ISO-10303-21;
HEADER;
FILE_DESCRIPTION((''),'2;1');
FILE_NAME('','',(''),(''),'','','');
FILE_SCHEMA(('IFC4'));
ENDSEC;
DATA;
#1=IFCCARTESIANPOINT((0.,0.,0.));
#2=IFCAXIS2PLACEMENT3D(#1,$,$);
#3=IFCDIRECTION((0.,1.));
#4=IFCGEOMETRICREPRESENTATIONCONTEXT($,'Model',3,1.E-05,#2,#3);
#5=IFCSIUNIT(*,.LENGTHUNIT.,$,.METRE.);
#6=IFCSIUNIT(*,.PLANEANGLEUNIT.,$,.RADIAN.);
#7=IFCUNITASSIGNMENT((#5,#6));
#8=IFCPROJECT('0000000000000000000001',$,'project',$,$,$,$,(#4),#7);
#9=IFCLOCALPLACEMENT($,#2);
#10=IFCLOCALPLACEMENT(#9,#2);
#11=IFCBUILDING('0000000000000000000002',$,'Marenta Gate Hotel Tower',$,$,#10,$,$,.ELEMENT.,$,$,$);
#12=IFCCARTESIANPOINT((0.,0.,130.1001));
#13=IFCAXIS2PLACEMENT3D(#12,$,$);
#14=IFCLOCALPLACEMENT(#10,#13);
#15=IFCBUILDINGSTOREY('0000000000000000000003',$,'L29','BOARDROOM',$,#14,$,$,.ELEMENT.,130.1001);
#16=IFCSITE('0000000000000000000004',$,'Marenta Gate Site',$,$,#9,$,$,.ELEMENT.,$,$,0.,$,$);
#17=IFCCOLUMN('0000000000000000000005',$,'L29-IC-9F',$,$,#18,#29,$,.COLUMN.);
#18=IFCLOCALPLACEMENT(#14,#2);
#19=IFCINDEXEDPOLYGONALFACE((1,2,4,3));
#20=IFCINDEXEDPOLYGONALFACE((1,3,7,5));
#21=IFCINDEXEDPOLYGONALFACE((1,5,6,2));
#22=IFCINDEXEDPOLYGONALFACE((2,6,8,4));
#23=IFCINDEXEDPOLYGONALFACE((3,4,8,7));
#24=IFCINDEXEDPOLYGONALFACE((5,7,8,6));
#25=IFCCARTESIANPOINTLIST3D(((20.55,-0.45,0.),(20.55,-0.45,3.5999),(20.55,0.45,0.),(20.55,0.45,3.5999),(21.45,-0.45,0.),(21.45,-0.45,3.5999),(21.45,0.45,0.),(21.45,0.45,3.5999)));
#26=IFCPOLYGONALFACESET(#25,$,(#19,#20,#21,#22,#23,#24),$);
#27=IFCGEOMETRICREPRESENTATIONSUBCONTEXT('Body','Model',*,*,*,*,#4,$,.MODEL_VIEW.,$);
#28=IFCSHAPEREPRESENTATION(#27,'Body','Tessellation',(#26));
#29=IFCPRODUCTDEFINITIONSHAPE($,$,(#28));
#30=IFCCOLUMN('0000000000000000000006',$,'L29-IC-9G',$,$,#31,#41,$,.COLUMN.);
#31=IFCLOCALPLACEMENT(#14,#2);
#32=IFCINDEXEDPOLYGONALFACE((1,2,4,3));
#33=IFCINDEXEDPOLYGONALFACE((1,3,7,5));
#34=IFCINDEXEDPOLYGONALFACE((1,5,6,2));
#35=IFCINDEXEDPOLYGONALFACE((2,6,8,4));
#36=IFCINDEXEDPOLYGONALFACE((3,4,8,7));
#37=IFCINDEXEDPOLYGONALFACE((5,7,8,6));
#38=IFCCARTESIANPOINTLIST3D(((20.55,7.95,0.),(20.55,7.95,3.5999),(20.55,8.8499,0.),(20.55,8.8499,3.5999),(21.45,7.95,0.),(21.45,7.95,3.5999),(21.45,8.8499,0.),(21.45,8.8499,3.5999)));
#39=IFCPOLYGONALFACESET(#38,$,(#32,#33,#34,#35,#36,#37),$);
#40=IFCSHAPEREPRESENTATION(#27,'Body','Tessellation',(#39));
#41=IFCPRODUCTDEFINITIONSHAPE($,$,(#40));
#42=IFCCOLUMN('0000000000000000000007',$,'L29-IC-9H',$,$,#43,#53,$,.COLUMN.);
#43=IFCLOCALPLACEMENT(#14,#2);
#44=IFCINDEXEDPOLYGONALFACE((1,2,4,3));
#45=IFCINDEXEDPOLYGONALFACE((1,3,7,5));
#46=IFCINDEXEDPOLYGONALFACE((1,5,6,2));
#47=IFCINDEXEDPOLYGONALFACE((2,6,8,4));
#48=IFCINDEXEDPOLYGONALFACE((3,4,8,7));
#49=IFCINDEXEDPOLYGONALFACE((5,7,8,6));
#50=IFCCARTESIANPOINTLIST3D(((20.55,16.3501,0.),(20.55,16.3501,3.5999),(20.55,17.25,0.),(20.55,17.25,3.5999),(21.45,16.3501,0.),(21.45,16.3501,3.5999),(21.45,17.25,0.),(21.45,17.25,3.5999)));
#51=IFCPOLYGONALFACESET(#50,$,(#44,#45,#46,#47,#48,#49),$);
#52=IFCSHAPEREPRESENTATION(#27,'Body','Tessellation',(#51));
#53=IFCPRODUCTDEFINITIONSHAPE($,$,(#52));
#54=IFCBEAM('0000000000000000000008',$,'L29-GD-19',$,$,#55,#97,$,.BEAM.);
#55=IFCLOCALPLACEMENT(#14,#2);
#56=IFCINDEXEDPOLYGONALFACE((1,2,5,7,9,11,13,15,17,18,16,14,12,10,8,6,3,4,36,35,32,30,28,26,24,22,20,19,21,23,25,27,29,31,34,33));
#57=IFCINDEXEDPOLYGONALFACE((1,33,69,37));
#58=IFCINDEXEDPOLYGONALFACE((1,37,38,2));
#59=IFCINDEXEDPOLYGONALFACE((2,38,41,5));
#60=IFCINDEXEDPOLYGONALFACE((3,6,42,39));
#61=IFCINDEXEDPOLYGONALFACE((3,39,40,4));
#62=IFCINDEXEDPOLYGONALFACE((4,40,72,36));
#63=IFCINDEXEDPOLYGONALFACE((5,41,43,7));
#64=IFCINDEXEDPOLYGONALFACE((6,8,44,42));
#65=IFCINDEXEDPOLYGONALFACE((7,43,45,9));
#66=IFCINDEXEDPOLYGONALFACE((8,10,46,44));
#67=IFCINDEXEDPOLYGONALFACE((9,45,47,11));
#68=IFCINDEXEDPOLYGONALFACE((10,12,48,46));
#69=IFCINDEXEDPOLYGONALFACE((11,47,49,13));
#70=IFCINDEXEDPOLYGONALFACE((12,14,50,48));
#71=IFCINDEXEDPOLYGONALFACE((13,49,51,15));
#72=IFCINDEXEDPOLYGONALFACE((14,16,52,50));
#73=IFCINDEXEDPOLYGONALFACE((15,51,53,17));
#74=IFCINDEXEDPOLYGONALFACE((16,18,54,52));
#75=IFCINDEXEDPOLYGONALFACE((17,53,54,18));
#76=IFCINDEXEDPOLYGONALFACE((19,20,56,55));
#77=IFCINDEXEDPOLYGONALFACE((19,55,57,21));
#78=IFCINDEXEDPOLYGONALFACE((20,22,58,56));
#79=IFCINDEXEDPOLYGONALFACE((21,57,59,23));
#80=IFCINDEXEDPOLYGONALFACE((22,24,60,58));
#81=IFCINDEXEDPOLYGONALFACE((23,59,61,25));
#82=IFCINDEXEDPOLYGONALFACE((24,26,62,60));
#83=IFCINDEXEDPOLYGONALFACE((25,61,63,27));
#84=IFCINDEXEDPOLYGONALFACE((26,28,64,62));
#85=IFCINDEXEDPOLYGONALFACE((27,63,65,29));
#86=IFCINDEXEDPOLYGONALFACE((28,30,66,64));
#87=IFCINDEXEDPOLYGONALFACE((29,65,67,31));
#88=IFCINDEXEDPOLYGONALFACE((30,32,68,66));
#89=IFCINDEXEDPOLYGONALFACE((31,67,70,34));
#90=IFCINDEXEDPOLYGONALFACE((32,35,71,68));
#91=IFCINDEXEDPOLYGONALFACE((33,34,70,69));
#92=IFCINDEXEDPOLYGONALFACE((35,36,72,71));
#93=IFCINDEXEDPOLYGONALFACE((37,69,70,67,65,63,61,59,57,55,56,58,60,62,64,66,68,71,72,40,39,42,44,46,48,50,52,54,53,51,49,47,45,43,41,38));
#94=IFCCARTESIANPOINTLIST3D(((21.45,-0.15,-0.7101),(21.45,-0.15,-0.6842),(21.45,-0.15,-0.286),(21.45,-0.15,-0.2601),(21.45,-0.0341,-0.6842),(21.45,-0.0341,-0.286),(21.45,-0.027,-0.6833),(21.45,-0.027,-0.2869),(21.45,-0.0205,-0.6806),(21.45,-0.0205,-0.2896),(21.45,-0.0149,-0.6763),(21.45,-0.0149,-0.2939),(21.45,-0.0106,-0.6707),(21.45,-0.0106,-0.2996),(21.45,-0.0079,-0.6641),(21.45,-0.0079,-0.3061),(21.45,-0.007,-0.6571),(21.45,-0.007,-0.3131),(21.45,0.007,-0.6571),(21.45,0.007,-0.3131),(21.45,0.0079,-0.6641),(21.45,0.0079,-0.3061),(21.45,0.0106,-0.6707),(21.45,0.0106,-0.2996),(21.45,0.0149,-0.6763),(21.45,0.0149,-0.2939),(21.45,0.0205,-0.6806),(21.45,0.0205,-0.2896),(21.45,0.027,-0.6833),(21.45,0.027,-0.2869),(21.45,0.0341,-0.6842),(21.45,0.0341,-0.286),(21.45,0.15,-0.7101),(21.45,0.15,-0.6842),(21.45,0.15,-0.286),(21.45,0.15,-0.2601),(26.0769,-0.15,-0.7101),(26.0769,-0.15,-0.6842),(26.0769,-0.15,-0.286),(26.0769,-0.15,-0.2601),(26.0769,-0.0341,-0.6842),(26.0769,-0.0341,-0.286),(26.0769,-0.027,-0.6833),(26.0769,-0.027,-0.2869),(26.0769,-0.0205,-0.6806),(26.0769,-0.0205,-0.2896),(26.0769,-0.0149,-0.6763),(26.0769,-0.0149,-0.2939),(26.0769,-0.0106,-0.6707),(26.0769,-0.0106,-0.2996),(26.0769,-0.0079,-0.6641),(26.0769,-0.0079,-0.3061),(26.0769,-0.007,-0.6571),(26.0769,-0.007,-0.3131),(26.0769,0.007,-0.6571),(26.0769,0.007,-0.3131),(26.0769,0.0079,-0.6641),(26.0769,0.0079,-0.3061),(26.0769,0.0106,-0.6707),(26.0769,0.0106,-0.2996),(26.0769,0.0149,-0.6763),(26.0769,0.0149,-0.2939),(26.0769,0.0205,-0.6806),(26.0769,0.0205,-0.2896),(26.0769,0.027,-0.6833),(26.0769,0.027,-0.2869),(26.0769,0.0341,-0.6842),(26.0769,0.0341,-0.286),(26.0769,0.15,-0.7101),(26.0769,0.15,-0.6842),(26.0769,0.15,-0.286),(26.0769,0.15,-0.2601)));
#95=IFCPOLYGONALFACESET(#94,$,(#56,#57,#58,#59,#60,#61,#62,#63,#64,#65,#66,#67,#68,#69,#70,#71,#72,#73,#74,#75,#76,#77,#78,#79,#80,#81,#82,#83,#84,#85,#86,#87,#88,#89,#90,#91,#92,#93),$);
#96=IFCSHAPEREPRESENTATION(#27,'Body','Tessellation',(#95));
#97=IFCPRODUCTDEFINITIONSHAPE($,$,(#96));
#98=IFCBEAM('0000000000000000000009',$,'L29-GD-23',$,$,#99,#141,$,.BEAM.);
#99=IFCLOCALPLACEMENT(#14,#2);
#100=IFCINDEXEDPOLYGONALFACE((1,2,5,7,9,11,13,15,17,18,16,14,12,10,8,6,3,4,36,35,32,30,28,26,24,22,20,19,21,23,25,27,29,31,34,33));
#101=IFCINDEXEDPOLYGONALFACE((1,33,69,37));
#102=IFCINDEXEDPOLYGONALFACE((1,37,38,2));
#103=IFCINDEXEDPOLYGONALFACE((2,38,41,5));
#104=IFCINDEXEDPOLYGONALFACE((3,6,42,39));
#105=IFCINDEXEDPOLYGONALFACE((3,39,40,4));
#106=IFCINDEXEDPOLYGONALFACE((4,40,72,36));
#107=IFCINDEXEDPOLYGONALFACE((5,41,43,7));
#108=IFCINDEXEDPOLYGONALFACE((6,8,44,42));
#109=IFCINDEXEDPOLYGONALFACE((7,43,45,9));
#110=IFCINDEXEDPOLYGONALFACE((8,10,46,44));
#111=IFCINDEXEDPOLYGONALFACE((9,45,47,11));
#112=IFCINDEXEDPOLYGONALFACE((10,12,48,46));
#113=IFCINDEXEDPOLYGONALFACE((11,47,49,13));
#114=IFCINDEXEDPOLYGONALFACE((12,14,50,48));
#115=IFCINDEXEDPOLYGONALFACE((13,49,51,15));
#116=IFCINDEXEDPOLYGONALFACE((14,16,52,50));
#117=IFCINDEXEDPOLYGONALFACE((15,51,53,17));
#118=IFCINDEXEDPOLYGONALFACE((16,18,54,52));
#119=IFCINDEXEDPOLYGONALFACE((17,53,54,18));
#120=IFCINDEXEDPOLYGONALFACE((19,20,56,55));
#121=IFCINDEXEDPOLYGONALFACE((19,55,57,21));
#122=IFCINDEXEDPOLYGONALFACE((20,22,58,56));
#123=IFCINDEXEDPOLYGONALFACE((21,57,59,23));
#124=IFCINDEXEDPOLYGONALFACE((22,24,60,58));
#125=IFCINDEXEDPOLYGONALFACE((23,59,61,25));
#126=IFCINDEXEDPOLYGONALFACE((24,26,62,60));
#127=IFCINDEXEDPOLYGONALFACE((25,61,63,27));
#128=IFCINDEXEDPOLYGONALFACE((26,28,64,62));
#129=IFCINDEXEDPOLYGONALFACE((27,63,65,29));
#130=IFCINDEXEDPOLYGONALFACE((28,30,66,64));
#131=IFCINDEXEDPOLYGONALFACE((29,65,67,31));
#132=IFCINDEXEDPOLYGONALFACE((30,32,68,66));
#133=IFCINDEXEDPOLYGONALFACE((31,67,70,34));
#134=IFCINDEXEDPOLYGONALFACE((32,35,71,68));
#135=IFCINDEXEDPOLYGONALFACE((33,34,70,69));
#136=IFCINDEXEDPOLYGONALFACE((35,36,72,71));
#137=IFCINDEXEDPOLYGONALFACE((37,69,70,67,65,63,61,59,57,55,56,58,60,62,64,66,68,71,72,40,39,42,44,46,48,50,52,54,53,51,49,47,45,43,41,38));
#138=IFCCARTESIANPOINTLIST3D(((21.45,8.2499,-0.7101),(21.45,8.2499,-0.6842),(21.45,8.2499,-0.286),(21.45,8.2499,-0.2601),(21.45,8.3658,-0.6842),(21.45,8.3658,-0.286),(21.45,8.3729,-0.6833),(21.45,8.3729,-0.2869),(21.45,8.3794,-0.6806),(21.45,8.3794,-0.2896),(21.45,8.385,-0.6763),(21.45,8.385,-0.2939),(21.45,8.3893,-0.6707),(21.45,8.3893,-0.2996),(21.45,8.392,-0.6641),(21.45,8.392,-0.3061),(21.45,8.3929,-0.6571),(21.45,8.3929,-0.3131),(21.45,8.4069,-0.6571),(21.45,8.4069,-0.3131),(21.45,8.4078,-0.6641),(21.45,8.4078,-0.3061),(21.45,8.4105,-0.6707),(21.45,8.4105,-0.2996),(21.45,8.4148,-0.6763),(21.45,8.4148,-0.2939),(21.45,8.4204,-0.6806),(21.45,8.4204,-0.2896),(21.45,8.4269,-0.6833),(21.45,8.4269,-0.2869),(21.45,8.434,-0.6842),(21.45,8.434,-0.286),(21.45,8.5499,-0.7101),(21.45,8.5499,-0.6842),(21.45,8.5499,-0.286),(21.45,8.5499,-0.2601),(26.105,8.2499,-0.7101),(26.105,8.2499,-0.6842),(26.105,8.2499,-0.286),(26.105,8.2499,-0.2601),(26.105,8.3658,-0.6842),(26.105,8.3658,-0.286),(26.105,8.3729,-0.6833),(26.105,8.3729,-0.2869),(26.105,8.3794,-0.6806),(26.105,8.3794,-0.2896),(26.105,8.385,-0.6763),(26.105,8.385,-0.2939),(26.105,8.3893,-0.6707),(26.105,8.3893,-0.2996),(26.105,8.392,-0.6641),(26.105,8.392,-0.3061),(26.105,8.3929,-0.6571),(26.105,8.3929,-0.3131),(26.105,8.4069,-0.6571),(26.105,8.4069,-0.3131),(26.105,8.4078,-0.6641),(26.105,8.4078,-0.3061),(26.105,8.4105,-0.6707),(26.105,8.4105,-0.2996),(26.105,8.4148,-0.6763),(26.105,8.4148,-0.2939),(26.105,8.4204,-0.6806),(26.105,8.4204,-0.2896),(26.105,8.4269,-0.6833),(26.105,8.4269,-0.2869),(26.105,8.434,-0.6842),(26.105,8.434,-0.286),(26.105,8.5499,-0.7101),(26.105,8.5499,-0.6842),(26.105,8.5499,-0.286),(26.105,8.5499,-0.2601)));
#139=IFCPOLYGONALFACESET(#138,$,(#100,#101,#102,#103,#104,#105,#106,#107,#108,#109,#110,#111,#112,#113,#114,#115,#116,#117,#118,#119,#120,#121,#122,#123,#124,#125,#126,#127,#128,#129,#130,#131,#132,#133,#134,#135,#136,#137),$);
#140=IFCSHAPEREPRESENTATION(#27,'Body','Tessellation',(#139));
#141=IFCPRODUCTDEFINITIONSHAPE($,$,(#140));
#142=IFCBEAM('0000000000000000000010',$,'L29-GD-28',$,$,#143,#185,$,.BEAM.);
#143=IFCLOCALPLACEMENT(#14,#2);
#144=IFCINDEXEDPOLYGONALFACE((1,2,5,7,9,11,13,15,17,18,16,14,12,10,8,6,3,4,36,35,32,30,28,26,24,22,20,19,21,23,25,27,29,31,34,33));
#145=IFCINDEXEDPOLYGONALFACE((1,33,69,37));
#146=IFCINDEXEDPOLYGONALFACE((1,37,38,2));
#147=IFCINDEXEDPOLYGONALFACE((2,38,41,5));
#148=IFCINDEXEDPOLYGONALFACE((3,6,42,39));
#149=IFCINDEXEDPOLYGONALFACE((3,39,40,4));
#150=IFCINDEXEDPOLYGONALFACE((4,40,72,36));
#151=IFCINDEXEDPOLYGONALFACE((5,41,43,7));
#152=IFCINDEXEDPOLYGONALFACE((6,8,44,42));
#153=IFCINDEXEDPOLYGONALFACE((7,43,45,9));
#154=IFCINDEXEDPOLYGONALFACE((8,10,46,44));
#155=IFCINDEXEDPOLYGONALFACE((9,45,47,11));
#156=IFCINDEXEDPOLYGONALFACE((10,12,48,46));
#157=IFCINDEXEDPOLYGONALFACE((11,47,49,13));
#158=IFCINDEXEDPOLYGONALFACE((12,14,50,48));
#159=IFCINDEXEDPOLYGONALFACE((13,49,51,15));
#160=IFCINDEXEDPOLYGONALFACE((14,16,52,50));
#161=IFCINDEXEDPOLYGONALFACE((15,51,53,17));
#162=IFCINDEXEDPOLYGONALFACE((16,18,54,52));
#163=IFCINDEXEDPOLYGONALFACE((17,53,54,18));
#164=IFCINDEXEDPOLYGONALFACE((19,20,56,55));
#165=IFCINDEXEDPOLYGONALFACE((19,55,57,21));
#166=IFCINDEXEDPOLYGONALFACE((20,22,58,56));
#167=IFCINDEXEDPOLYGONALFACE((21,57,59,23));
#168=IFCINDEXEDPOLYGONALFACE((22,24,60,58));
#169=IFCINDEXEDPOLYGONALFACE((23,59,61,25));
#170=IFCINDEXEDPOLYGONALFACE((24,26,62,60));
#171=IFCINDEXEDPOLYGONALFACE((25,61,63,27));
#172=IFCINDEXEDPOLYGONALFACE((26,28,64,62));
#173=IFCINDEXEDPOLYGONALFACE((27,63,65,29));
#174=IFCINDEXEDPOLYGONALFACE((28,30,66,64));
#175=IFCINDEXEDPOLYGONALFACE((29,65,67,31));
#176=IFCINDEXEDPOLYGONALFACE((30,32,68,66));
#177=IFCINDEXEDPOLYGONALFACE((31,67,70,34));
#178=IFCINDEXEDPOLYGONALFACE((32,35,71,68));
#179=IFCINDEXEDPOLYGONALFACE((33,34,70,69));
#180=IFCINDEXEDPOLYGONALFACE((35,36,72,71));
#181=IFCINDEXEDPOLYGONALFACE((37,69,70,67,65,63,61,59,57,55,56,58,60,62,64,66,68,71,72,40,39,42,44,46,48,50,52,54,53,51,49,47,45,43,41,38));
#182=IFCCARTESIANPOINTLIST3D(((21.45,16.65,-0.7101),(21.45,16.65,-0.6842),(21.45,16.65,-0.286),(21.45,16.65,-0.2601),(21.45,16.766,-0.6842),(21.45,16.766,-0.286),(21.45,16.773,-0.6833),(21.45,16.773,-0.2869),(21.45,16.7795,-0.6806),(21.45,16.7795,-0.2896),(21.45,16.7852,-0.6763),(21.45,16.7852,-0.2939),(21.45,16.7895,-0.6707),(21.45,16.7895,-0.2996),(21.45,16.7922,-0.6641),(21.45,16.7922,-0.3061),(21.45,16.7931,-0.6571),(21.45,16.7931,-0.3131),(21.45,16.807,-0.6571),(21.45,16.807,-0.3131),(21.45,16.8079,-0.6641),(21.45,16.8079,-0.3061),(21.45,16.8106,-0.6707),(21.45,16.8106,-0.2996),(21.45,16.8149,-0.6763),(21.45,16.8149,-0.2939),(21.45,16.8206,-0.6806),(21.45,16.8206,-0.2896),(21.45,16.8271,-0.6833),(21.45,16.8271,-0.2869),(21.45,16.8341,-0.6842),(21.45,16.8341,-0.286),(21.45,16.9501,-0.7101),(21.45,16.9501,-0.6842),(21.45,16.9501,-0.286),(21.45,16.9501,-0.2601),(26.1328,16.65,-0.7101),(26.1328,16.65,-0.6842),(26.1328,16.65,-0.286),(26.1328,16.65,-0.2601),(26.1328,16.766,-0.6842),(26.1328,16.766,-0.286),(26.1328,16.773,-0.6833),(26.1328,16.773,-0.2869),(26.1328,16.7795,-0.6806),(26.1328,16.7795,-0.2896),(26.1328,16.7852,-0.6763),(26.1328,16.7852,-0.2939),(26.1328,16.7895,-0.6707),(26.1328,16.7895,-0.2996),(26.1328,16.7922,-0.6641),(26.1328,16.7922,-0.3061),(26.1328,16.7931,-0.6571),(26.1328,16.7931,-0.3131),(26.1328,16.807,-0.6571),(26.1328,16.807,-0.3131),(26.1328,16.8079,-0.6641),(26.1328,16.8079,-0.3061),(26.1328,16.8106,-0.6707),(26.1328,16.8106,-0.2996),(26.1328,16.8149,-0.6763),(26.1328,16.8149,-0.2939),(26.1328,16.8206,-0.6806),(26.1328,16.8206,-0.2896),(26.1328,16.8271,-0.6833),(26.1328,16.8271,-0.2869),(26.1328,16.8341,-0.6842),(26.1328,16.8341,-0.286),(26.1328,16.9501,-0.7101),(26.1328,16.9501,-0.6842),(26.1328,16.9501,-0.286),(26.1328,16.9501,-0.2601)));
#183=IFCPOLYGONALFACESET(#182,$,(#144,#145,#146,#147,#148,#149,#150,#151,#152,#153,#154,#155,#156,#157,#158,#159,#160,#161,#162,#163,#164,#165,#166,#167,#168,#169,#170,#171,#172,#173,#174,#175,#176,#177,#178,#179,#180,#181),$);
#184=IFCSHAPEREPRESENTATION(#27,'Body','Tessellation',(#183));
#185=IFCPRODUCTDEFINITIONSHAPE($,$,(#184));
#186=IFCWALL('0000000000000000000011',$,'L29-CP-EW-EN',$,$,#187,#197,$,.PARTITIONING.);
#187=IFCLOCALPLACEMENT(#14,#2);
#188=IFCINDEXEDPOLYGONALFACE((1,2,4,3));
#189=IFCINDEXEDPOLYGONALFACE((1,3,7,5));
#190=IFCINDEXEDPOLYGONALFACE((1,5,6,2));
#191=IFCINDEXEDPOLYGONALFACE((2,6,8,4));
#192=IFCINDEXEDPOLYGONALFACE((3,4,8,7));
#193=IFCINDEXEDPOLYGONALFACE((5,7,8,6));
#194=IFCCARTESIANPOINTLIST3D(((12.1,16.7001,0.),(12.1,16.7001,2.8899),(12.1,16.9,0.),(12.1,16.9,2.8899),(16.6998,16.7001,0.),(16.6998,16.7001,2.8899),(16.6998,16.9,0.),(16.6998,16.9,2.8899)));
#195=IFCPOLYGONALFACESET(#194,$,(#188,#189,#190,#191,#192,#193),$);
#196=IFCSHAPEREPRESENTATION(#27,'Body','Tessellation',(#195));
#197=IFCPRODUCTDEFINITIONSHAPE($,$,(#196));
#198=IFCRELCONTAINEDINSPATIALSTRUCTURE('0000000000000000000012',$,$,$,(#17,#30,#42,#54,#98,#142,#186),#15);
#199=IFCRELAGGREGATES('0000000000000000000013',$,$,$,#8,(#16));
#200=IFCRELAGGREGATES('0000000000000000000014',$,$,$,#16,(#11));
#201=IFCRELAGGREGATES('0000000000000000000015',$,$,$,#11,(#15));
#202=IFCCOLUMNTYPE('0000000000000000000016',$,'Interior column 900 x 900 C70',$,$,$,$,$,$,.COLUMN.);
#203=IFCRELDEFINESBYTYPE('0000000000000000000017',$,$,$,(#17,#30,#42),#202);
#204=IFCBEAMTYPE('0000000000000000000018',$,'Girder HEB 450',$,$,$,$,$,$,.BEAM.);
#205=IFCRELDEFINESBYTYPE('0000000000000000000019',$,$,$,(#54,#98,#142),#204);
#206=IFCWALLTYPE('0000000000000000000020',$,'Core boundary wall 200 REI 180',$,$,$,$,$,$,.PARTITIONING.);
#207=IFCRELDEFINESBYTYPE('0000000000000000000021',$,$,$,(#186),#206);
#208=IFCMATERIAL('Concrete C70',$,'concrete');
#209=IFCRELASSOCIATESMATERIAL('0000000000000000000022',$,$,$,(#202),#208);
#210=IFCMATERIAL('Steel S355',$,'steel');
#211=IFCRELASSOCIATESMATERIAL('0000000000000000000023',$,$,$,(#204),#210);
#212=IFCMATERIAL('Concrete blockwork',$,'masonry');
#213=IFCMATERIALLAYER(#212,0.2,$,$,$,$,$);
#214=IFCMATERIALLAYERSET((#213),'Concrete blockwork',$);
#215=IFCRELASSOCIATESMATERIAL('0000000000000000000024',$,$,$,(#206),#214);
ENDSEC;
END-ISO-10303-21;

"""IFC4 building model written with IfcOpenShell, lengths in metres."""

from ifc_helpers import new_model, si_unit, direction, frame, frame_2d, origin, origin_2d, place, context, subcontext, project, spatial, rectangle, i_section, extrude, material, layer, layer_set, material_profile, profile_set, type_object, element, save


model = new_model("IFC4")

# Units and contexts
model_context = context("Model", 3, precision=1e-05, world=origin(), true_north=direction((0.0, 1.0)))
body_context = subcontext(model_context, "Body", "Model", "MODEL_VIEW")
ifc_project = project(units=[si_unit("LENGTHUNIT", "METRE"), si_unit("PLANEANGLEUNIT", "RADIAN")], contexts=[model_context])

# Site, building, storey
site_placement = place(None, origin())
site = spatial("IfcSite", under=ifc_project, at=site_placement, Name="Marenta Gate Site", CompositionType="ELEMENT", RefElevation=0.0)
building_placement = place(site_placement, origin())
building = spatial("IfcBuilding", under=site, at=building_placement, Name="Marenta Gate Hotel Tower", CompositionType="ELEMENT")
storey_placement = place(building_placement, frame((0.0, 0.0, 130.1001)))
storey = spatial("IfcBuildingStorey", under=building, at=storey_placement, Name="L29", Description="BOARDROOM", CompositionType="ELEMENT", Elevation=130.1001)

# Columns
ifc_material_1 = material(Name="Concrete C70", Category="concrete")
ifc_material_profile_1 = material_profile(ifc_material_1, rectangle(XDim=0.8999, YDim=0.8999, at=origin_2d()), Name="900 x 900")
ifc_profile_set_1 = profile_set([ifc_material_profile_1], Name="Concrete C70")
column_type = type_object("IfcColumnType", Name="Interior column 900 x 900 C70", PredefinedType="COLUMN", material=ifc_profile_set_1)
for number, where, z_axis, x_axis, name in (
    (1, (21.0, 0.0, 0.0), (0.0, 0.0, 1.0), (1.0, 0.0, 0.0), "L29-IC-9F"),
    (2, (21.0, 8.3999, 0.0), (0.0, 0.0, 1.0), (1.0, 0.0, 0.0), "L29-IC-9G"),
    (3, (21.0, 16.8, 0.0), (0.0, 0.0, 1.0), (1.0, 0.0, 0.0), "L29-IC-9H"),
):
    element("IfcColumn", number, at=place(storey_placement, frame(where, z_axis=z_axis, x_axis=x_axis)), inside=storey, type_object=column_type, Name=name, PredefinedType="COLUMN", context=body_context, shape_type="SweptSolid", body=[
        extrude(rectangle(XDim=0.8999, YDim=0.8999, at=origin_2d()), origin(), (0.0, 0.0, 1.0), 3.5999),
    ])

# Beams
ifc_material_2 = material(Name="Steel S355", Category="steel")
ifc_material_profile_2 = material_profile(ifc_material_2, i_section(OverallWidth=0.3, OverallDepth=0.45, WebThickness=0.0139, FlangeThickness=0.0259, FilletRadius=0.0271, at=origin_2d()), Name="HEB 450")
ifc_profile_set_2 = profile_set([ifc_material_profile_2], Name="Steel S355")
beam_type = type_object("IfcBeamType", Name="Girder HEB 450", PredefinedType="BEAM", material=ifc_profile_set_2)
beam_1_placement = place(storey_placement, frame((21.45, 0.0, -0.4851), z_axis=(1.0, 0.0, 0.0), x_axis=(0.0, 1.0, 0.0)))
element("IfcBeam", 4, at=beam_1_placement, inside=storey, type_object=beam_type, Name="L29-GD-19", PredefinedType="BEAM", context=body_context, shape_type="SweptSolid", body=[
    extrude(i_section(OverallWidth=0.3, OverallDepth=0.45, WebThickness=0.0139, FlangeThickness=0.0259, FilletRadius=0.0271, at=origin_2d()), origin(), (0.0, 0.0, 1.0), 4.627),
])
beam_2_placement = place(storey_placement, frame((21.45, 8.3999, -0.4851), z_axis=(1.0, 0.0, 0.0), x_axis=(0.0, 1.0, 0.0)))
element("IfcBeam", 5, at=beam_2_placement, inside=storey, type_object=beam_type, Name="L29-GD-23", PredefinedType="BEAM", context=body_context, shape_type="SweptSolid", body=[
    extrude(i_section(OverallWidth=0.3, OverallDepth=0.45, WebThickness=0.0139, FlangeThickness=0.0259, FilletRadius=0.0271, at=origin_2d()), origin(), (0.0, 0.0, 1.0), 4.655),
])
beam_3_placement = place(storey_placement, frame((21.45, 16.8, -0.4851), z_axis=(1.0, 0.0, 0.0), x_axis=(0.0, 1.0, 0.0)))
element("IfcBeam", 6, at=beam_3_placement, inside=storey, type_object=beam_type, Name="L29-GD-28", PredefinedType="BEAM", context=body_context, shape_type="SweptSolid", body=[
    extrude(i_section(OverallWidth=0.3, OverallDepth=0.45, WebThickness=0.0139, FlangeThickness=0.0259, FilletRadius=0.0271, at=origin_2d()), origin(), (0.0, 0.0, 1.0), 4.6829),
])

# Wall
ifc_material_3 = material(Name="Concrete blockwork", Category="masonry")
ifc_layer_1 = layer(ifc_material_3, 0.2)
ifc_layer_set_1 = layer_set([ifc_layer_1], Name="Concrete blockwork")
wall_type_1 = type_object("IfcWallType", Name="Core boundary wall 200 REI 180", PredefinedType="PARTITIONING", material=ifc_layer_set_1)
wall_1_placement = place(storey_placement, frame((12.1001, 16.8, 0.0), z_axis=(0.0, 0.0, 1.0), x_axis=(1.0, 0.0, 0.0)))
element("IfcWall", 7, at=wall_1_placement, inside=storey, type_object=wall_type_1, Name="L29-CP-EW-EN", PredefinedType="PARTITIONING", context=body_context, shape_type="SweptSolid", body=[
    extrude(rectangle(XDim=4.5999, YDim=0.2, at=frame_2d((2.2998, 0.0))), origin(), (0.0, 0.0, 1.0), 2.8899),
])

save(model, "model.ifc")
